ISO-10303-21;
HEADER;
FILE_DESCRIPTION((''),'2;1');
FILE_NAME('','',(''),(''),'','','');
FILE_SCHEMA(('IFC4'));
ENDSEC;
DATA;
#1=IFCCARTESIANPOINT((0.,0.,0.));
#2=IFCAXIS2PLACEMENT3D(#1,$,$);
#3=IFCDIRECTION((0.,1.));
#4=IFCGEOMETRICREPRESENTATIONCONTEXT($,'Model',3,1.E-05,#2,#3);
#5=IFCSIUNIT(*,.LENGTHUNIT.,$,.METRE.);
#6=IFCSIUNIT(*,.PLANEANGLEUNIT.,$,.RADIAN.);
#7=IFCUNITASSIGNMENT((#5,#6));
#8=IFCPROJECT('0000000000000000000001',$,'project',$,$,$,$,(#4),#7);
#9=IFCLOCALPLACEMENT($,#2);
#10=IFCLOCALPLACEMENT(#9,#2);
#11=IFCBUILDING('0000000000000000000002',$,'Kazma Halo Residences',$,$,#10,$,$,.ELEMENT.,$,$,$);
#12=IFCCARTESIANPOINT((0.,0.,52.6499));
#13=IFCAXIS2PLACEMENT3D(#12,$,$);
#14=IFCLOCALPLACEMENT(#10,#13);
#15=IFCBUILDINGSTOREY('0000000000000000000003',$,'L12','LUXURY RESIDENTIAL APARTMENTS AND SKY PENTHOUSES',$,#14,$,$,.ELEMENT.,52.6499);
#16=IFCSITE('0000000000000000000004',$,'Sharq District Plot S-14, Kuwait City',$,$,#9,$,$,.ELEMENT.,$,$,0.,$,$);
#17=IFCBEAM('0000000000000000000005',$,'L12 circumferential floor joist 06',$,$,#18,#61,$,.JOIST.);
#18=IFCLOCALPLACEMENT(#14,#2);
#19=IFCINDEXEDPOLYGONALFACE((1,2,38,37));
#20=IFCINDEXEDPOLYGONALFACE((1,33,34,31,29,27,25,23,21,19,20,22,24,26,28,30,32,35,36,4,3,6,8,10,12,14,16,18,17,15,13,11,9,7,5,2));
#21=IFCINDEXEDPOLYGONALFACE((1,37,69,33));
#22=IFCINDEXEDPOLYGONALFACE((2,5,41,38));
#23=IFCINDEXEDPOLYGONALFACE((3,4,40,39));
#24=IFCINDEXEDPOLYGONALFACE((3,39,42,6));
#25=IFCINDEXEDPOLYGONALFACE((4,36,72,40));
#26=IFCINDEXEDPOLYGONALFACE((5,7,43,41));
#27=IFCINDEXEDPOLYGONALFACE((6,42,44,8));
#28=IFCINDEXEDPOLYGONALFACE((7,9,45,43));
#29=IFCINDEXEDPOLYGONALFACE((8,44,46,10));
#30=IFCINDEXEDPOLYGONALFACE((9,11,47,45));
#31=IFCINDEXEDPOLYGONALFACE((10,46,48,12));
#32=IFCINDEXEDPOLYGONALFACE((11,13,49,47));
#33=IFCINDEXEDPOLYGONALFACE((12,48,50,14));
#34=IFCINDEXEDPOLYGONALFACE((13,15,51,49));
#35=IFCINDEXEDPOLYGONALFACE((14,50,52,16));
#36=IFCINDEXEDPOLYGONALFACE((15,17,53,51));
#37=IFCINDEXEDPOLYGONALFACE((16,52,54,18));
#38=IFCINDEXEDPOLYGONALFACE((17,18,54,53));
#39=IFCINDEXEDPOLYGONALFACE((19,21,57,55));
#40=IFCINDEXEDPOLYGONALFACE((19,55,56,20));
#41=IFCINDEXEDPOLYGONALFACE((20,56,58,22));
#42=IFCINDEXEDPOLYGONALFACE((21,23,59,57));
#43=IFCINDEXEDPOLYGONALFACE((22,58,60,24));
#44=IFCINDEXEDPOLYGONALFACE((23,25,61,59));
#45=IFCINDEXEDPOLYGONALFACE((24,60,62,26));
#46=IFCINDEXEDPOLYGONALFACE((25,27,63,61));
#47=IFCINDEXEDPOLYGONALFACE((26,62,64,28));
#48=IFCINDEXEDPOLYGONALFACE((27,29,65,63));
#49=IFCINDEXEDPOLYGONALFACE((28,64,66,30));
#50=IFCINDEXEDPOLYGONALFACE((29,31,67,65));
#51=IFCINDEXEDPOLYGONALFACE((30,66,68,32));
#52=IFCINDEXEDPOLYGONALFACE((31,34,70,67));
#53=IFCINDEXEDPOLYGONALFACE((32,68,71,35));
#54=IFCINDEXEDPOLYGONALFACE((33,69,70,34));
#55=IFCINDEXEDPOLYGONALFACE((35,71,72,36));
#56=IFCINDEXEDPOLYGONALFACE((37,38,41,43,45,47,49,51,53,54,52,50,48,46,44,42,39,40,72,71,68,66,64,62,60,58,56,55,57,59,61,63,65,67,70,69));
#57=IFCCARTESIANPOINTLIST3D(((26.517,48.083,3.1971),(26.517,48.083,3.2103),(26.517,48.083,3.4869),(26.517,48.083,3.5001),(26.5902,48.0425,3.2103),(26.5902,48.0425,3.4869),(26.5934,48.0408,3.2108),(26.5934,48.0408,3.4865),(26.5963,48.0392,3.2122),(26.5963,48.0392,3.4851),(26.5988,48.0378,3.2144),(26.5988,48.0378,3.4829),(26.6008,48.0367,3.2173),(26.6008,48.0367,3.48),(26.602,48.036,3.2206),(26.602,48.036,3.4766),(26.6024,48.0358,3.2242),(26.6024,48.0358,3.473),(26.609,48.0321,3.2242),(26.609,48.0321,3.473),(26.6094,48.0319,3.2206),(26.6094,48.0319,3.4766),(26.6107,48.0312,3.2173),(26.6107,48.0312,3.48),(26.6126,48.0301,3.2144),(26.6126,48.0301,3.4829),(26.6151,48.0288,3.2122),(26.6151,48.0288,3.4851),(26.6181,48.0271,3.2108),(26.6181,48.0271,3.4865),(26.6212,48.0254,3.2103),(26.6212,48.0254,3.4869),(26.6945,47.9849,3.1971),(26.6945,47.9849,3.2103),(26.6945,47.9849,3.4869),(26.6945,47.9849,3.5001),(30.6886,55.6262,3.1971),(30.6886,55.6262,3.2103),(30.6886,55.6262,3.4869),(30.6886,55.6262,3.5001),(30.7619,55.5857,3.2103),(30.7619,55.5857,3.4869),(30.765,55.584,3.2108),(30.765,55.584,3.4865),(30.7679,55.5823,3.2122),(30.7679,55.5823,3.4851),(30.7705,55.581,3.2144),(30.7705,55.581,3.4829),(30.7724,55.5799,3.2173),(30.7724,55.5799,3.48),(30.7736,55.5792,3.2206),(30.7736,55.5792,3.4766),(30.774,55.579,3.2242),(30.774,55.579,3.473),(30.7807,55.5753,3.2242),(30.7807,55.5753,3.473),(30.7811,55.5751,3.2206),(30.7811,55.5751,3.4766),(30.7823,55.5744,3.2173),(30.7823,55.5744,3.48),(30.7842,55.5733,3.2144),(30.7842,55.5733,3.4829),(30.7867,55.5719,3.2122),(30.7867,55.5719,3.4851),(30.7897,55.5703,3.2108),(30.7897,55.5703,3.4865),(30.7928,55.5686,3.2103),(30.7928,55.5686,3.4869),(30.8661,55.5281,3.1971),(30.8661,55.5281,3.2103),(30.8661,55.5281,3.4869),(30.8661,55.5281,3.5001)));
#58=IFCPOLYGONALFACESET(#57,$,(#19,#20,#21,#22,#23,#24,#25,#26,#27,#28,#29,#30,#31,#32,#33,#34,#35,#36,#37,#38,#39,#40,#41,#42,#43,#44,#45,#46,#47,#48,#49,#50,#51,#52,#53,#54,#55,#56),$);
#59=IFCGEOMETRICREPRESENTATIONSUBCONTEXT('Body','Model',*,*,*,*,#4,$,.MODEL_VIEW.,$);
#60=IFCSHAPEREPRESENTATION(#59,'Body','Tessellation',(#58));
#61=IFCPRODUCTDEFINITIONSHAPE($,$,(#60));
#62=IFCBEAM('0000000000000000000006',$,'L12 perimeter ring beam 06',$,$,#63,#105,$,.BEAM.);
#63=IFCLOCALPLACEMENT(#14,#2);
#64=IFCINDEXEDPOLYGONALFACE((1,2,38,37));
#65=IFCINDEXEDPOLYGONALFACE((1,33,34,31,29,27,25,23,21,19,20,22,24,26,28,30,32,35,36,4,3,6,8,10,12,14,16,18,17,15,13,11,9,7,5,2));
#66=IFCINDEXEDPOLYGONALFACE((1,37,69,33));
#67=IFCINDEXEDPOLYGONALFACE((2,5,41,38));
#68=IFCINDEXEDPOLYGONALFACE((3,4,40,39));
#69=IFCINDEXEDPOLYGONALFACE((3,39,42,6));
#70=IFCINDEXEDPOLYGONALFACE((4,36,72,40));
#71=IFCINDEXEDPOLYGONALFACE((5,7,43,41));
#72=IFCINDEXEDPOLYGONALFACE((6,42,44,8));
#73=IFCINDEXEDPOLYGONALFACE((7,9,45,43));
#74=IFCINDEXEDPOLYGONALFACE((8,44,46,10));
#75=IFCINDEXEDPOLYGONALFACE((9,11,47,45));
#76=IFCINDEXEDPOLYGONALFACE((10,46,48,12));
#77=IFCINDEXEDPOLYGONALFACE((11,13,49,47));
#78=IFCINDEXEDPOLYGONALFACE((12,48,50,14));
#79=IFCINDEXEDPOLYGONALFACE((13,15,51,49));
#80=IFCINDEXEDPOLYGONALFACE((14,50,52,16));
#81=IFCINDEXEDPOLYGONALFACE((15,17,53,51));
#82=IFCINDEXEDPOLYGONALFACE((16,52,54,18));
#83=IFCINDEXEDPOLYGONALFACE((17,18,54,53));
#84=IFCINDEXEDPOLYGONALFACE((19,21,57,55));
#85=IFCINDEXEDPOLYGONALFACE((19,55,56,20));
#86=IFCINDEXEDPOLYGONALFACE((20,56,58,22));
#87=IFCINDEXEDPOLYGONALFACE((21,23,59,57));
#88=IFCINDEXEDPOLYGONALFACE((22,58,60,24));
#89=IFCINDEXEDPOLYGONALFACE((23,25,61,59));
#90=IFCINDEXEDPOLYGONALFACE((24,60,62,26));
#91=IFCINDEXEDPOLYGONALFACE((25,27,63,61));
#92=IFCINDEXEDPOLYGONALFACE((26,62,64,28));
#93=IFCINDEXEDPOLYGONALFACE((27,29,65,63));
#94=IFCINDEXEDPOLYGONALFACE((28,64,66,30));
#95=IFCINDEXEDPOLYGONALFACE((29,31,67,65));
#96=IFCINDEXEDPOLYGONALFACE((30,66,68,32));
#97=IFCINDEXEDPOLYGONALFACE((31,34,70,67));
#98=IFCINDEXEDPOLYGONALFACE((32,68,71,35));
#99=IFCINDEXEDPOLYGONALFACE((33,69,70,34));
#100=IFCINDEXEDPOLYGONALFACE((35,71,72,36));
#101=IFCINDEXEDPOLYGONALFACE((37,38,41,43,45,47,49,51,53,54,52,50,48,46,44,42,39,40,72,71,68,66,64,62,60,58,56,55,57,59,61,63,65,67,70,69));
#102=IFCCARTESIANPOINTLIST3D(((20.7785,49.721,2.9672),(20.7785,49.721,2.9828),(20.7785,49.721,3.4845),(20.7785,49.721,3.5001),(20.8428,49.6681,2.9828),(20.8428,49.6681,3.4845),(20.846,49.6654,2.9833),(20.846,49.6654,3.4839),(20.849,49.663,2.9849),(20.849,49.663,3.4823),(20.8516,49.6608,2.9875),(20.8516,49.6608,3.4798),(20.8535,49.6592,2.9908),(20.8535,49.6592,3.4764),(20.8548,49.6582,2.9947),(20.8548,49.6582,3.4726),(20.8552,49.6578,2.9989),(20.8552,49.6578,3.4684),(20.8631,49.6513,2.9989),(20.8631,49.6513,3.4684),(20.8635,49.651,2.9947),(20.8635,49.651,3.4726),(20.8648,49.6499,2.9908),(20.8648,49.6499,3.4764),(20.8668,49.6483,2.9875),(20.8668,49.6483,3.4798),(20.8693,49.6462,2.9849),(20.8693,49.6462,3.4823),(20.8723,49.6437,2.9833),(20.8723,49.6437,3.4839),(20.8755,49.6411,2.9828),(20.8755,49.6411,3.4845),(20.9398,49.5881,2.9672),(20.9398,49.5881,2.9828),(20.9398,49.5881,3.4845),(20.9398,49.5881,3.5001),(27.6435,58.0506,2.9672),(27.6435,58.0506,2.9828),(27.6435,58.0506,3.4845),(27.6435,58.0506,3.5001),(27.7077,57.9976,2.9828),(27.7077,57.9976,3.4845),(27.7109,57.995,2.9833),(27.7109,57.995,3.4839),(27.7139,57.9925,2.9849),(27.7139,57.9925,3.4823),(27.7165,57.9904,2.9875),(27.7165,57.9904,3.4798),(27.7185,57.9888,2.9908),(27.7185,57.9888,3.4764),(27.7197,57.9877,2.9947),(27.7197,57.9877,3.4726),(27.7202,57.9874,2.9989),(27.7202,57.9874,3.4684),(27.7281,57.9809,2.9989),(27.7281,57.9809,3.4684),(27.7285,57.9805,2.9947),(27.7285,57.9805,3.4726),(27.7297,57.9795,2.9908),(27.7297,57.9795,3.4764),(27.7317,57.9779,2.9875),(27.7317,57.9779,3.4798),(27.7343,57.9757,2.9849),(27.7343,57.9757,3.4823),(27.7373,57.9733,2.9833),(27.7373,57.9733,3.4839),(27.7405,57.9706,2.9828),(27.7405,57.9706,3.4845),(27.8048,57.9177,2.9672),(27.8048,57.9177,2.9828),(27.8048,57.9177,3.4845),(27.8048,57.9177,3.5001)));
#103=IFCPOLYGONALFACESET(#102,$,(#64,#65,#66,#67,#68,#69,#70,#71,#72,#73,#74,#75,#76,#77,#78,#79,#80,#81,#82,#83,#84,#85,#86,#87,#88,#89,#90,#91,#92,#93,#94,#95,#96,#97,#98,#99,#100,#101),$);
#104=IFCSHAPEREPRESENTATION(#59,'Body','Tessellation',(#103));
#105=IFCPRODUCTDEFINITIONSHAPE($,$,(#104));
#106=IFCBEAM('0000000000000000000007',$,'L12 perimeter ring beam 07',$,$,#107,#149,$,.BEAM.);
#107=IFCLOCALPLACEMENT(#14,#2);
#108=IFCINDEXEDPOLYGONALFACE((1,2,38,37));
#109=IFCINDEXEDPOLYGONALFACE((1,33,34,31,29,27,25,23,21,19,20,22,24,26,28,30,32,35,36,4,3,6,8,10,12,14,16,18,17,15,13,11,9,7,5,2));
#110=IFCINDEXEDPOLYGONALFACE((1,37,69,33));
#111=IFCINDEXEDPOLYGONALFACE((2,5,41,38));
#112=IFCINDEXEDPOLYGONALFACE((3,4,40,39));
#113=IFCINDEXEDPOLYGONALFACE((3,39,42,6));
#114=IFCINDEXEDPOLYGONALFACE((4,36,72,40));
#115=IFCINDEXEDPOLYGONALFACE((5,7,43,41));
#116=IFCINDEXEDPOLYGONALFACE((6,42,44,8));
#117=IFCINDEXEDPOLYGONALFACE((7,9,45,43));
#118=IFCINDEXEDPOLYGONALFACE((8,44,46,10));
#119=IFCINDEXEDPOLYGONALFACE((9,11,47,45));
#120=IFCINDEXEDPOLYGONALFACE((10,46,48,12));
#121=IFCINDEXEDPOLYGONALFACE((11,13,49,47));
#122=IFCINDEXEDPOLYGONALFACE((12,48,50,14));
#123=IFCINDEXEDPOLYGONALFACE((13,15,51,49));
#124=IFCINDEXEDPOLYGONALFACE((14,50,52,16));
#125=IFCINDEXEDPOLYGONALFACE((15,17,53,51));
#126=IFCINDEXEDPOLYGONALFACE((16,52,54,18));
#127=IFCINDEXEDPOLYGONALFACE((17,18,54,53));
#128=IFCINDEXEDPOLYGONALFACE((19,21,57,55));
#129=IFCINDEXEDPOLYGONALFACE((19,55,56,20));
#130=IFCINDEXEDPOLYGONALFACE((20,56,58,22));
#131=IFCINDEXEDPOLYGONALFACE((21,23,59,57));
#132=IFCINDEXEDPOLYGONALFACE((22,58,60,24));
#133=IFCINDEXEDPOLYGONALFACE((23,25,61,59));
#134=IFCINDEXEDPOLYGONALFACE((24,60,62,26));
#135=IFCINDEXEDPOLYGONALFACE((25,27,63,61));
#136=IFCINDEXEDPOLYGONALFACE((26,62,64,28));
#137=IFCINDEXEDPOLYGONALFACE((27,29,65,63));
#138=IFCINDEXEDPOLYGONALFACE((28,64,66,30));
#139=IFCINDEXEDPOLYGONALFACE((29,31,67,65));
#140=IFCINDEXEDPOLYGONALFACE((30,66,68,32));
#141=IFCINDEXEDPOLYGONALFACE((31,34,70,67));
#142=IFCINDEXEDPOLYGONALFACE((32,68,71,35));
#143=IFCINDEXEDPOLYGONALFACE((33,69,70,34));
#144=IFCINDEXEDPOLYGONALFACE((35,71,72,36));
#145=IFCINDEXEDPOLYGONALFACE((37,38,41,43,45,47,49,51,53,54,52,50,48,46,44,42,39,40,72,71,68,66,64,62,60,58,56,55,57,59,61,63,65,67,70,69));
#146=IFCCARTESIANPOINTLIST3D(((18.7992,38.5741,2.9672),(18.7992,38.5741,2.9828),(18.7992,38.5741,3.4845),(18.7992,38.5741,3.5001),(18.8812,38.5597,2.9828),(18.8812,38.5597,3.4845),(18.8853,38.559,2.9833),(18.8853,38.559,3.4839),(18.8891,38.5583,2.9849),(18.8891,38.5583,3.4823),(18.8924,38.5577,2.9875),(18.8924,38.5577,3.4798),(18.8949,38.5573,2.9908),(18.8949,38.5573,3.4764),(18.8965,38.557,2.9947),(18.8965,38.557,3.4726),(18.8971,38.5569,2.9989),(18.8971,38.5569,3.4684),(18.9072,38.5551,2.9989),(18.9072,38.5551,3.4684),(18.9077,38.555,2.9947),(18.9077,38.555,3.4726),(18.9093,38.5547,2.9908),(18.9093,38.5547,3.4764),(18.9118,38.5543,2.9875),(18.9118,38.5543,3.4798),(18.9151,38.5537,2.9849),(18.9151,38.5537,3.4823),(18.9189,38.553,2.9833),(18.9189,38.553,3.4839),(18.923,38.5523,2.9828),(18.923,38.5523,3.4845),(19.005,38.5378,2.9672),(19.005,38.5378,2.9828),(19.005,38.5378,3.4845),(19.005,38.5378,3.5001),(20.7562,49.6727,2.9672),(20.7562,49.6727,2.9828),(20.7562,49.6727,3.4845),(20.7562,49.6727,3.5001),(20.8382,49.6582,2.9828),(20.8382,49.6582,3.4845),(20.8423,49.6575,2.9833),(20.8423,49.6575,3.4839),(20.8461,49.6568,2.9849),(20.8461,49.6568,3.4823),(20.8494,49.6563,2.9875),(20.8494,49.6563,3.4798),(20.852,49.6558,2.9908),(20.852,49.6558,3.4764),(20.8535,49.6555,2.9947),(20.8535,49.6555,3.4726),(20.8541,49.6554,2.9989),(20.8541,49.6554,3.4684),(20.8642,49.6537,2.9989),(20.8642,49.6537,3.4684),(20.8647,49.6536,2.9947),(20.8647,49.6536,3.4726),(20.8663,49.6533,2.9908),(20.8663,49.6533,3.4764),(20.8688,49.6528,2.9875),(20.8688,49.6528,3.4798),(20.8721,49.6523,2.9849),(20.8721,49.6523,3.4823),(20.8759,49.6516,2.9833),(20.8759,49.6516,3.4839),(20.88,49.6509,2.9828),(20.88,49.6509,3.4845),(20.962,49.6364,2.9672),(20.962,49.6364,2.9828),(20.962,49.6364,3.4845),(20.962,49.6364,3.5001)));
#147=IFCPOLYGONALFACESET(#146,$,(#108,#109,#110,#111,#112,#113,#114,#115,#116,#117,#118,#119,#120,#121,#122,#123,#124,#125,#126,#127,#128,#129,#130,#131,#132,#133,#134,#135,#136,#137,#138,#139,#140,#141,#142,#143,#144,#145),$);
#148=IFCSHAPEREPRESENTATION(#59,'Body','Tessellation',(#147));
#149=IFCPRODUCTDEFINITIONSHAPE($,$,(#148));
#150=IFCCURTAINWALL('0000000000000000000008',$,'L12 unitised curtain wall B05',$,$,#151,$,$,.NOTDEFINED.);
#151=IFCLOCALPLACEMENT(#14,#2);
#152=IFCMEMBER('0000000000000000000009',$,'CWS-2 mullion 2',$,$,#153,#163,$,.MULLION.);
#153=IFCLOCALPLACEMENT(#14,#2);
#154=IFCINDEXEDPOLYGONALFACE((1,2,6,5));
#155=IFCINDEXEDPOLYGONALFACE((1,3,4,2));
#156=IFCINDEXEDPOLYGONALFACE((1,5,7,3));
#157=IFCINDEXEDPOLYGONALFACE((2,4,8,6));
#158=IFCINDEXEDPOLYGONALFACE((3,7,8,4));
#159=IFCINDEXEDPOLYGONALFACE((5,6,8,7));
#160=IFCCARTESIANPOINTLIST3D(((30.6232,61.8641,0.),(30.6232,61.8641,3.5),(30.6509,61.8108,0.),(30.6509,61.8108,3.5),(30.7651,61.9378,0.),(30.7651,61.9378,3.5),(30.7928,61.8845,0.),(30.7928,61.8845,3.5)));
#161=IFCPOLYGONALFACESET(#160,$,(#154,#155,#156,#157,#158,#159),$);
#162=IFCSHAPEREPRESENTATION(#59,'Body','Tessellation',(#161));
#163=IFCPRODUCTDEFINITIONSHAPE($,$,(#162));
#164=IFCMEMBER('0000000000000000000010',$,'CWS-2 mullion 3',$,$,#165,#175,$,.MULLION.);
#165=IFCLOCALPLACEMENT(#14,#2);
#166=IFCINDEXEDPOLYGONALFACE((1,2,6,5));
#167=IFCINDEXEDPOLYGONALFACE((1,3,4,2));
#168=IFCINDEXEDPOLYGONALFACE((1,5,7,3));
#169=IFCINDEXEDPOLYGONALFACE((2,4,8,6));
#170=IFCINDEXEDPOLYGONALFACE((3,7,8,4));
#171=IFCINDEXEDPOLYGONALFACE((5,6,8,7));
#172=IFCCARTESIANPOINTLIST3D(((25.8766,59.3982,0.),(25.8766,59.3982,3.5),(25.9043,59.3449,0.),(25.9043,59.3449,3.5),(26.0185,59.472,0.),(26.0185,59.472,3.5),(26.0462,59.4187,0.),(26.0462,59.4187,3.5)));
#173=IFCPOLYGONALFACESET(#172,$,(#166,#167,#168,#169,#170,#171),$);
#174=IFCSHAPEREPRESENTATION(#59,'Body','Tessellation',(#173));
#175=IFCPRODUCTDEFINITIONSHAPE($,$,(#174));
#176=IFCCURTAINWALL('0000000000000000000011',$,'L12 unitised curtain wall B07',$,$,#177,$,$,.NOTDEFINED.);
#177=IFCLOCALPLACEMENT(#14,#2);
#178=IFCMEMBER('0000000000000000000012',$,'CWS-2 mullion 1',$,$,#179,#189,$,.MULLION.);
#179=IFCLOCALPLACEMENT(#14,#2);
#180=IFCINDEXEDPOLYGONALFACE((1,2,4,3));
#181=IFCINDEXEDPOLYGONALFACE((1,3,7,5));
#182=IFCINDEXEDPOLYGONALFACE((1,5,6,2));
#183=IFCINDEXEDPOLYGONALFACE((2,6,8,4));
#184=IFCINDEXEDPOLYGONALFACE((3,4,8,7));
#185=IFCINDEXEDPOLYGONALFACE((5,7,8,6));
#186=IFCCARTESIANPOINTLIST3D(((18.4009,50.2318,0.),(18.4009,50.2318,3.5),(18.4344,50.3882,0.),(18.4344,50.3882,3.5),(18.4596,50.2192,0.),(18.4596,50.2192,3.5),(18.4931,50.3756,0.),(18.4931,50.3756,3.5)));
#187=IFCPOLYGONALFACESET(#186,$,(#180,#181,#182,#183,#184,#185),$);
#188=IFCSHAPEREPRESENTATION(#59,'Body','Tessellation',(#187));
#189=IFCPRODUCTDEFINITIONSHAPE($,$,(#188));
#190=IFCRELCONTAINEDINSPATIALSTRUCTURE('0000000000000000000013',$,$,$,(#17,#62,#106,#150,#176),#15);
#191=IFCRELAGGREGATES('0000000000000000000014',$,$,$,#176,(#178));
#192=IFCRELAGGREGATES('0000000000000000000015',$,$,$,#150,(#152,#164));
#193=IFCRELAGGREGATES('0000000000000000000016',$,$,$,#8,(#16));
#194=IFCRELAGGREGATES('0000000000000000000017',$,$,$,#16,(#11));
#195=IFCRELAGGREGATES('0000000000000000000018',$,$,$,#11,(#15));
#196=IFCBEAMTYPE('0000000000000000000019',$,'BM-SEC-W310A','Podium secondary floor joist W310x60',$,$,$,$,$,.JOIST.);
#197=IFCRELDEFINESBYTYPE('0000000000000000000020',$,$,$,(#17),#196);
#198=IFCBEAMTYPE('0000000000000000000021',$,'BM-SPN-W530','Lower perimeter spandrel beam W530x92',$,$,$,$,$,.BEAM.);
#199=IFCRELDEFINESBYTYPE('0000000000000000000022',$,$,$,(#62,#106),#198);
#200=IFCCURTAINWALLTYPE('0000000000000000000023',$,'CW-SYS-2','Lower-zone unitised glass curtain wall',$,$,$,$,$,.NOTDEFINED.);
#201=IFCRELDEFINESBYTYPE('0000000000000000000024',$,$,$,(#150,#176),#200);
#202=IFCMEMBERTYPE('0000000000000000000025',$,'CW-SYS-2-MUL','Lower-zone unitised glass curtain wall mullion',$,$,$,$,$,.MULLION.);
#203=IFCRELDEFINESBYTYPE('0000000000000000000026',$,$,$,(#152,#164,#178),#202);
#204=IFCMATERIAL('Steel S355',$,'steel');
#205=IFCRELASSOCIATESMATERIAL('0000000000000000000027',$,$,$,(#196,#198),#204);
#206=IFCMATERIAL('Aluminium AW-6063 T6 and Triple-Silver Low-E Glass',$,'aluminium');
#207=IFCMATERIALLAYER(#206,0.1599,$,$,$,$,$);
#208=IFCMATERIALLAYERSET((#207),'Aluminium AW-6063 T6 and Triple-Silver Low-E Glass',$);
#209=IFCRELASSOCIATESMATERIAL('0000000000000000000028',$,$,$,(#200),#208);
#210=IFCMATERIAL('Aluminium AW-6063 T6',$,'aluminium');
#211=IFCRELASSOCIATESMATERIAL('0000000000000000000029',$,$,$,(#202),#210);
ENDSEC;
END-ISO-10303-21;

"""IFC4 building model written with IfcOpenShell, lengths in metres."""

from ifc_helpers import new_model, si_unit, direction, frame, origin, origin_2d, place, context, subcontext, project, spatial, rectangle, i_section, extrude, material, layer, layer_set, material_profile, profile_set, type_object, element, aggregate, save


model = new_model("IFC4")

# Units and contexts
model_context = context("Model", 3, precision=1e-05, world=origin(), true_north=direction((0.0, 1.0)))
body_context = subcontext(model_context, "Body", "Model", "MODEL_VIEW")
ifc_project = project(units=[si_unit("LENGTHUNIT", "METRE"), si_unit("PLANEANGLEUNIT", "RADIAN")], contexts=[model_context])

# Site, building, storey
site_placement = place(None, origin())
site = spatial("IfcSite", under=ifc_project, at=site_placement, Name="Sharq District Plot S-14, Kuwait City", CompositionType="ELEMENT", RefElevation=0.0)
building_placement = place(site_placement, origin())
building = spatial("IfcBuilding", under=site, at=building_placement, Name="Kazma Halo Residences", CompositionType="ELEMENT")
storey_placement = place(building_placement, frame((0.0, 0.0, 52.6499)))
storey = spatial("IfcBuildingStorey", under=building, at=storey_placement, Name="L12", Description="LUXURY RESIDENTIAL APARTMENTS AND SKY PENTHOUSES", CompositionType="ELEMENT", Elevation=52.6499)

# Beams
ifc_material_1 = material(Name="Steel S355", Category="steel")
ifc_material_profile_1 = material_profile(ifc_material_1, i_section(OverallWidth=0.2029, OverallDepth=0.303, WebThickness=0.0076, FlangeThickness=0.0132, FilletRadius=0.0139, at=origin_2d()), Name="W310x60")
ifc_profile_set_1 = profile_set([ifc_material_profile_1], Name="Steel S355")
beam_type_1 = type_object("IfcBeamType", Name="BM-SEC-W310A", Description="Podium secondary floor joist W310x60", PredefinedType="JOIST", material=ifc_profile_set_1)
beam_1_placement = place(storey_placement, frame((30.7773, 55.5771, 3.3486), z_axis=(-0.483954, -0.875094, 0.0), x_axis=(0.875094, -0.483954, 0.0)))
element("IfcBeam", 1, at=beam_1_placement, inside=storey, type_object=beam_type_1, Name="L12 circumferential floor joist 06", PredefinedType="JOIST", context=body_context, shape_type="SweptSolid", body=[
    extrude(i_section(OverallWidth=0.2029, OverallDepth=0.303, WebThickness=0.0076, FlangeThickness=0.0132, FilletRadius=0.0139, at=origin_2d()), origin(), (0.0, 0.0, 1.0), 8.6199),
])
ifc_material_profile_2 = material_profile(ifc_material_1, i_section(OverallWidth=0.209, OverallDepth=0.533, WebThickness=0.0103, FlangeThickness=0.0156, FilletRadius=0.0161, at=origin_2d()), Name="W530x92")
ifc_profile_set_2 = profile_set([ifc_material_profile_2], Name="Steel S355")
beam_type_2 = type_object("IfcBeamType", Name="BM-SPN-W530", Description="Lower perimeter spandrel beam W530x92", PredefinedType="BEAM", material=ifc_profile_set_2)
beam_2_placement = place(storey_placement, frame((27.7241, 57.9841, 3.2336), z_axis=(-0.636001, -0.771688, 0.0), x_axis=(0.771688, -0.636001, 0.0)))
element("IfcBeam", 2, at=beam_2_placement, inside=storey, type_object=beam_type_2, Name="L12 perimeter ring beam 06", PredefinedType="BEAM", context=body_context, shape_type="SweptSolid", body=[
    extrude(i_section(OverallWidth=0.209, OverallDepth=0.533, WebThickness=0.0103, FlangeThickness=0.0156, FilletRadius=0.0161, at=origin_2d()), origin(), (0.0, 0.0, 1.0), 10.7939),
])
beam_3_placement = place(storey_placement, frame((20.8591, 49.6545, 3.2336), z_axis=(-0.173652, -0.984807, 0.0), x_axis=(0.984807, -0.173652, 0.0)))
element("IfcBeam", 3, at=beam_3_placement, inside=storey, type_object=beam_type_2, Name="L12 perimeter ring beam 07", PredefinedType="BEAM", context=body_context, shape_type="SweptSolid", body=[
    extrude(i_section(OverallWidth=0.209, OverallDepth=0.533, WebThickness=0.0103, FlangeThickness=0.0156, FilletRadius=0.0161, at=origin_2d()), origin(), (0.0, 0.0, 1.0), 11.2698),
])

# Curtain wall, members
ifc_material_2 = material(Name="Aluminium AW-6063 T6 and Triple-Silver Low-E Glass", Category="aluminium")
ifc_layer_1 = layer(ifc_material_2, 0.1599)
ifc_layer_set_1 = layer_set([ifc_layer_1], Name="Aluminium AW-6063 T6 and Triple-Silver Low-E Glass")
curtain_wall_type = type_object("IfcCurtainWallType", Name="CW-SYS-2", Description="Lower-zone unitised glass curtain wall", PredefinedType="NOTDEFINED", material=ifc_layer_set_1)
curtain_wall_1_placement = place(storey_placement, origin())
curtain_wall_1 = element("IfcCurtainWall", 4, at=curtain_wall_1_placement, inside=storey, type_object=curtain_wall_type, Name="L12 unitised curtain wall B05", PredefinedType="NOTDEFINED")
ifc_material_3 = material(Name="Aluminium AW-6063 T6", Category="aluminium")
ifc_material_profile_3 = material_profile(ifc_material_3, rectangle(XDim=0.0601, YDim=0.1599, at=origin_2d()), Name="CWM-60x160")
ifc_profile_set_3 = profile_set([ifc_material_profile_3], Name="Aluminium AW-6063 T6")
member_type_1 = type_object("IfcMemberType", Name="CW-SYS-2-MUL", Description="Lower-zone unitised glass curtain wall mullion", PredefinedType="MULLION", material=ifc_profile_set_3)
member_1_placement = place(storey_placement, frame((30.708, 61.8743, 0.0), z_axis=(0.0, 0.0, 1.0), x_axis=(0.460996, -0.887402, 0.0)))
member_1 = element("IfcMember", 5, at=member_1_placement, type_object=member_type_1, Name="CWS-2 mullion 2", PredefinedType="MULLION", context=body_context, shape_type="SweptSolid", body=[
    extrude(rectangle(XDim=0.0601, YDim=0.1599, at=origin_2d()), origin(), (0.0, 0.0, 1.0), 3.5),
])
member_2_placement = place(storey_placement, frame((25.9614, 59.4084, 0.0), z_axis=(0.0, 0.0, 1.0), x_axis=(0.460996, -0.887402, 0.0)))
member_2 = element("IfcMember", 6, at=member_2_placement, type_object=member_type_1, Name="CWS-2 mullion 3", PredefinedType="MULLION", context=body_context, shape_type="SweptSolid", body=[
    extrude(rectangle(XDim=0.0601, YDim=0.1599, at=origin_2d()), origin(), (0.0, 0.0, 1.0), 3.5),
])

# Curtain wall, member
curtain_wall_2_placement = place(storey_placement, origin())
curtain_wall_2 = element("IfcCurtainWall", 7, at=curtain_wall_2_placement, inside=storey, type_object=curtain_wall_type, Name="L12 unitised curtain wall B07", PredefinedType="NOTDEFINED")
member_3_placement = place(storey_placement, frame((18.447, 50.3037, 0.0), z_axis=(0.0, 0.0, 1.0), x_axis=(0.977779, -0.209637, 0.0)))
member_3 = element("IfcMember", 8, at=member_3_placement, type_object=member_type_1, Name="CWS-2 mullion 1", PredefinedType="MULLION", context=body_context, shape_type="SweptSolid", body=[
    extrude(rectangle(XDim=0.0601, YDim=0.1599, at=origin_2d()), origin(), (0.0, 0.0, 1.0), 3.5),
])

aggregate(curtain_wall_2, [member_3])

aggregate(curtain_wall_1, [member_1, member_2])

save(model, "model.ifc")
